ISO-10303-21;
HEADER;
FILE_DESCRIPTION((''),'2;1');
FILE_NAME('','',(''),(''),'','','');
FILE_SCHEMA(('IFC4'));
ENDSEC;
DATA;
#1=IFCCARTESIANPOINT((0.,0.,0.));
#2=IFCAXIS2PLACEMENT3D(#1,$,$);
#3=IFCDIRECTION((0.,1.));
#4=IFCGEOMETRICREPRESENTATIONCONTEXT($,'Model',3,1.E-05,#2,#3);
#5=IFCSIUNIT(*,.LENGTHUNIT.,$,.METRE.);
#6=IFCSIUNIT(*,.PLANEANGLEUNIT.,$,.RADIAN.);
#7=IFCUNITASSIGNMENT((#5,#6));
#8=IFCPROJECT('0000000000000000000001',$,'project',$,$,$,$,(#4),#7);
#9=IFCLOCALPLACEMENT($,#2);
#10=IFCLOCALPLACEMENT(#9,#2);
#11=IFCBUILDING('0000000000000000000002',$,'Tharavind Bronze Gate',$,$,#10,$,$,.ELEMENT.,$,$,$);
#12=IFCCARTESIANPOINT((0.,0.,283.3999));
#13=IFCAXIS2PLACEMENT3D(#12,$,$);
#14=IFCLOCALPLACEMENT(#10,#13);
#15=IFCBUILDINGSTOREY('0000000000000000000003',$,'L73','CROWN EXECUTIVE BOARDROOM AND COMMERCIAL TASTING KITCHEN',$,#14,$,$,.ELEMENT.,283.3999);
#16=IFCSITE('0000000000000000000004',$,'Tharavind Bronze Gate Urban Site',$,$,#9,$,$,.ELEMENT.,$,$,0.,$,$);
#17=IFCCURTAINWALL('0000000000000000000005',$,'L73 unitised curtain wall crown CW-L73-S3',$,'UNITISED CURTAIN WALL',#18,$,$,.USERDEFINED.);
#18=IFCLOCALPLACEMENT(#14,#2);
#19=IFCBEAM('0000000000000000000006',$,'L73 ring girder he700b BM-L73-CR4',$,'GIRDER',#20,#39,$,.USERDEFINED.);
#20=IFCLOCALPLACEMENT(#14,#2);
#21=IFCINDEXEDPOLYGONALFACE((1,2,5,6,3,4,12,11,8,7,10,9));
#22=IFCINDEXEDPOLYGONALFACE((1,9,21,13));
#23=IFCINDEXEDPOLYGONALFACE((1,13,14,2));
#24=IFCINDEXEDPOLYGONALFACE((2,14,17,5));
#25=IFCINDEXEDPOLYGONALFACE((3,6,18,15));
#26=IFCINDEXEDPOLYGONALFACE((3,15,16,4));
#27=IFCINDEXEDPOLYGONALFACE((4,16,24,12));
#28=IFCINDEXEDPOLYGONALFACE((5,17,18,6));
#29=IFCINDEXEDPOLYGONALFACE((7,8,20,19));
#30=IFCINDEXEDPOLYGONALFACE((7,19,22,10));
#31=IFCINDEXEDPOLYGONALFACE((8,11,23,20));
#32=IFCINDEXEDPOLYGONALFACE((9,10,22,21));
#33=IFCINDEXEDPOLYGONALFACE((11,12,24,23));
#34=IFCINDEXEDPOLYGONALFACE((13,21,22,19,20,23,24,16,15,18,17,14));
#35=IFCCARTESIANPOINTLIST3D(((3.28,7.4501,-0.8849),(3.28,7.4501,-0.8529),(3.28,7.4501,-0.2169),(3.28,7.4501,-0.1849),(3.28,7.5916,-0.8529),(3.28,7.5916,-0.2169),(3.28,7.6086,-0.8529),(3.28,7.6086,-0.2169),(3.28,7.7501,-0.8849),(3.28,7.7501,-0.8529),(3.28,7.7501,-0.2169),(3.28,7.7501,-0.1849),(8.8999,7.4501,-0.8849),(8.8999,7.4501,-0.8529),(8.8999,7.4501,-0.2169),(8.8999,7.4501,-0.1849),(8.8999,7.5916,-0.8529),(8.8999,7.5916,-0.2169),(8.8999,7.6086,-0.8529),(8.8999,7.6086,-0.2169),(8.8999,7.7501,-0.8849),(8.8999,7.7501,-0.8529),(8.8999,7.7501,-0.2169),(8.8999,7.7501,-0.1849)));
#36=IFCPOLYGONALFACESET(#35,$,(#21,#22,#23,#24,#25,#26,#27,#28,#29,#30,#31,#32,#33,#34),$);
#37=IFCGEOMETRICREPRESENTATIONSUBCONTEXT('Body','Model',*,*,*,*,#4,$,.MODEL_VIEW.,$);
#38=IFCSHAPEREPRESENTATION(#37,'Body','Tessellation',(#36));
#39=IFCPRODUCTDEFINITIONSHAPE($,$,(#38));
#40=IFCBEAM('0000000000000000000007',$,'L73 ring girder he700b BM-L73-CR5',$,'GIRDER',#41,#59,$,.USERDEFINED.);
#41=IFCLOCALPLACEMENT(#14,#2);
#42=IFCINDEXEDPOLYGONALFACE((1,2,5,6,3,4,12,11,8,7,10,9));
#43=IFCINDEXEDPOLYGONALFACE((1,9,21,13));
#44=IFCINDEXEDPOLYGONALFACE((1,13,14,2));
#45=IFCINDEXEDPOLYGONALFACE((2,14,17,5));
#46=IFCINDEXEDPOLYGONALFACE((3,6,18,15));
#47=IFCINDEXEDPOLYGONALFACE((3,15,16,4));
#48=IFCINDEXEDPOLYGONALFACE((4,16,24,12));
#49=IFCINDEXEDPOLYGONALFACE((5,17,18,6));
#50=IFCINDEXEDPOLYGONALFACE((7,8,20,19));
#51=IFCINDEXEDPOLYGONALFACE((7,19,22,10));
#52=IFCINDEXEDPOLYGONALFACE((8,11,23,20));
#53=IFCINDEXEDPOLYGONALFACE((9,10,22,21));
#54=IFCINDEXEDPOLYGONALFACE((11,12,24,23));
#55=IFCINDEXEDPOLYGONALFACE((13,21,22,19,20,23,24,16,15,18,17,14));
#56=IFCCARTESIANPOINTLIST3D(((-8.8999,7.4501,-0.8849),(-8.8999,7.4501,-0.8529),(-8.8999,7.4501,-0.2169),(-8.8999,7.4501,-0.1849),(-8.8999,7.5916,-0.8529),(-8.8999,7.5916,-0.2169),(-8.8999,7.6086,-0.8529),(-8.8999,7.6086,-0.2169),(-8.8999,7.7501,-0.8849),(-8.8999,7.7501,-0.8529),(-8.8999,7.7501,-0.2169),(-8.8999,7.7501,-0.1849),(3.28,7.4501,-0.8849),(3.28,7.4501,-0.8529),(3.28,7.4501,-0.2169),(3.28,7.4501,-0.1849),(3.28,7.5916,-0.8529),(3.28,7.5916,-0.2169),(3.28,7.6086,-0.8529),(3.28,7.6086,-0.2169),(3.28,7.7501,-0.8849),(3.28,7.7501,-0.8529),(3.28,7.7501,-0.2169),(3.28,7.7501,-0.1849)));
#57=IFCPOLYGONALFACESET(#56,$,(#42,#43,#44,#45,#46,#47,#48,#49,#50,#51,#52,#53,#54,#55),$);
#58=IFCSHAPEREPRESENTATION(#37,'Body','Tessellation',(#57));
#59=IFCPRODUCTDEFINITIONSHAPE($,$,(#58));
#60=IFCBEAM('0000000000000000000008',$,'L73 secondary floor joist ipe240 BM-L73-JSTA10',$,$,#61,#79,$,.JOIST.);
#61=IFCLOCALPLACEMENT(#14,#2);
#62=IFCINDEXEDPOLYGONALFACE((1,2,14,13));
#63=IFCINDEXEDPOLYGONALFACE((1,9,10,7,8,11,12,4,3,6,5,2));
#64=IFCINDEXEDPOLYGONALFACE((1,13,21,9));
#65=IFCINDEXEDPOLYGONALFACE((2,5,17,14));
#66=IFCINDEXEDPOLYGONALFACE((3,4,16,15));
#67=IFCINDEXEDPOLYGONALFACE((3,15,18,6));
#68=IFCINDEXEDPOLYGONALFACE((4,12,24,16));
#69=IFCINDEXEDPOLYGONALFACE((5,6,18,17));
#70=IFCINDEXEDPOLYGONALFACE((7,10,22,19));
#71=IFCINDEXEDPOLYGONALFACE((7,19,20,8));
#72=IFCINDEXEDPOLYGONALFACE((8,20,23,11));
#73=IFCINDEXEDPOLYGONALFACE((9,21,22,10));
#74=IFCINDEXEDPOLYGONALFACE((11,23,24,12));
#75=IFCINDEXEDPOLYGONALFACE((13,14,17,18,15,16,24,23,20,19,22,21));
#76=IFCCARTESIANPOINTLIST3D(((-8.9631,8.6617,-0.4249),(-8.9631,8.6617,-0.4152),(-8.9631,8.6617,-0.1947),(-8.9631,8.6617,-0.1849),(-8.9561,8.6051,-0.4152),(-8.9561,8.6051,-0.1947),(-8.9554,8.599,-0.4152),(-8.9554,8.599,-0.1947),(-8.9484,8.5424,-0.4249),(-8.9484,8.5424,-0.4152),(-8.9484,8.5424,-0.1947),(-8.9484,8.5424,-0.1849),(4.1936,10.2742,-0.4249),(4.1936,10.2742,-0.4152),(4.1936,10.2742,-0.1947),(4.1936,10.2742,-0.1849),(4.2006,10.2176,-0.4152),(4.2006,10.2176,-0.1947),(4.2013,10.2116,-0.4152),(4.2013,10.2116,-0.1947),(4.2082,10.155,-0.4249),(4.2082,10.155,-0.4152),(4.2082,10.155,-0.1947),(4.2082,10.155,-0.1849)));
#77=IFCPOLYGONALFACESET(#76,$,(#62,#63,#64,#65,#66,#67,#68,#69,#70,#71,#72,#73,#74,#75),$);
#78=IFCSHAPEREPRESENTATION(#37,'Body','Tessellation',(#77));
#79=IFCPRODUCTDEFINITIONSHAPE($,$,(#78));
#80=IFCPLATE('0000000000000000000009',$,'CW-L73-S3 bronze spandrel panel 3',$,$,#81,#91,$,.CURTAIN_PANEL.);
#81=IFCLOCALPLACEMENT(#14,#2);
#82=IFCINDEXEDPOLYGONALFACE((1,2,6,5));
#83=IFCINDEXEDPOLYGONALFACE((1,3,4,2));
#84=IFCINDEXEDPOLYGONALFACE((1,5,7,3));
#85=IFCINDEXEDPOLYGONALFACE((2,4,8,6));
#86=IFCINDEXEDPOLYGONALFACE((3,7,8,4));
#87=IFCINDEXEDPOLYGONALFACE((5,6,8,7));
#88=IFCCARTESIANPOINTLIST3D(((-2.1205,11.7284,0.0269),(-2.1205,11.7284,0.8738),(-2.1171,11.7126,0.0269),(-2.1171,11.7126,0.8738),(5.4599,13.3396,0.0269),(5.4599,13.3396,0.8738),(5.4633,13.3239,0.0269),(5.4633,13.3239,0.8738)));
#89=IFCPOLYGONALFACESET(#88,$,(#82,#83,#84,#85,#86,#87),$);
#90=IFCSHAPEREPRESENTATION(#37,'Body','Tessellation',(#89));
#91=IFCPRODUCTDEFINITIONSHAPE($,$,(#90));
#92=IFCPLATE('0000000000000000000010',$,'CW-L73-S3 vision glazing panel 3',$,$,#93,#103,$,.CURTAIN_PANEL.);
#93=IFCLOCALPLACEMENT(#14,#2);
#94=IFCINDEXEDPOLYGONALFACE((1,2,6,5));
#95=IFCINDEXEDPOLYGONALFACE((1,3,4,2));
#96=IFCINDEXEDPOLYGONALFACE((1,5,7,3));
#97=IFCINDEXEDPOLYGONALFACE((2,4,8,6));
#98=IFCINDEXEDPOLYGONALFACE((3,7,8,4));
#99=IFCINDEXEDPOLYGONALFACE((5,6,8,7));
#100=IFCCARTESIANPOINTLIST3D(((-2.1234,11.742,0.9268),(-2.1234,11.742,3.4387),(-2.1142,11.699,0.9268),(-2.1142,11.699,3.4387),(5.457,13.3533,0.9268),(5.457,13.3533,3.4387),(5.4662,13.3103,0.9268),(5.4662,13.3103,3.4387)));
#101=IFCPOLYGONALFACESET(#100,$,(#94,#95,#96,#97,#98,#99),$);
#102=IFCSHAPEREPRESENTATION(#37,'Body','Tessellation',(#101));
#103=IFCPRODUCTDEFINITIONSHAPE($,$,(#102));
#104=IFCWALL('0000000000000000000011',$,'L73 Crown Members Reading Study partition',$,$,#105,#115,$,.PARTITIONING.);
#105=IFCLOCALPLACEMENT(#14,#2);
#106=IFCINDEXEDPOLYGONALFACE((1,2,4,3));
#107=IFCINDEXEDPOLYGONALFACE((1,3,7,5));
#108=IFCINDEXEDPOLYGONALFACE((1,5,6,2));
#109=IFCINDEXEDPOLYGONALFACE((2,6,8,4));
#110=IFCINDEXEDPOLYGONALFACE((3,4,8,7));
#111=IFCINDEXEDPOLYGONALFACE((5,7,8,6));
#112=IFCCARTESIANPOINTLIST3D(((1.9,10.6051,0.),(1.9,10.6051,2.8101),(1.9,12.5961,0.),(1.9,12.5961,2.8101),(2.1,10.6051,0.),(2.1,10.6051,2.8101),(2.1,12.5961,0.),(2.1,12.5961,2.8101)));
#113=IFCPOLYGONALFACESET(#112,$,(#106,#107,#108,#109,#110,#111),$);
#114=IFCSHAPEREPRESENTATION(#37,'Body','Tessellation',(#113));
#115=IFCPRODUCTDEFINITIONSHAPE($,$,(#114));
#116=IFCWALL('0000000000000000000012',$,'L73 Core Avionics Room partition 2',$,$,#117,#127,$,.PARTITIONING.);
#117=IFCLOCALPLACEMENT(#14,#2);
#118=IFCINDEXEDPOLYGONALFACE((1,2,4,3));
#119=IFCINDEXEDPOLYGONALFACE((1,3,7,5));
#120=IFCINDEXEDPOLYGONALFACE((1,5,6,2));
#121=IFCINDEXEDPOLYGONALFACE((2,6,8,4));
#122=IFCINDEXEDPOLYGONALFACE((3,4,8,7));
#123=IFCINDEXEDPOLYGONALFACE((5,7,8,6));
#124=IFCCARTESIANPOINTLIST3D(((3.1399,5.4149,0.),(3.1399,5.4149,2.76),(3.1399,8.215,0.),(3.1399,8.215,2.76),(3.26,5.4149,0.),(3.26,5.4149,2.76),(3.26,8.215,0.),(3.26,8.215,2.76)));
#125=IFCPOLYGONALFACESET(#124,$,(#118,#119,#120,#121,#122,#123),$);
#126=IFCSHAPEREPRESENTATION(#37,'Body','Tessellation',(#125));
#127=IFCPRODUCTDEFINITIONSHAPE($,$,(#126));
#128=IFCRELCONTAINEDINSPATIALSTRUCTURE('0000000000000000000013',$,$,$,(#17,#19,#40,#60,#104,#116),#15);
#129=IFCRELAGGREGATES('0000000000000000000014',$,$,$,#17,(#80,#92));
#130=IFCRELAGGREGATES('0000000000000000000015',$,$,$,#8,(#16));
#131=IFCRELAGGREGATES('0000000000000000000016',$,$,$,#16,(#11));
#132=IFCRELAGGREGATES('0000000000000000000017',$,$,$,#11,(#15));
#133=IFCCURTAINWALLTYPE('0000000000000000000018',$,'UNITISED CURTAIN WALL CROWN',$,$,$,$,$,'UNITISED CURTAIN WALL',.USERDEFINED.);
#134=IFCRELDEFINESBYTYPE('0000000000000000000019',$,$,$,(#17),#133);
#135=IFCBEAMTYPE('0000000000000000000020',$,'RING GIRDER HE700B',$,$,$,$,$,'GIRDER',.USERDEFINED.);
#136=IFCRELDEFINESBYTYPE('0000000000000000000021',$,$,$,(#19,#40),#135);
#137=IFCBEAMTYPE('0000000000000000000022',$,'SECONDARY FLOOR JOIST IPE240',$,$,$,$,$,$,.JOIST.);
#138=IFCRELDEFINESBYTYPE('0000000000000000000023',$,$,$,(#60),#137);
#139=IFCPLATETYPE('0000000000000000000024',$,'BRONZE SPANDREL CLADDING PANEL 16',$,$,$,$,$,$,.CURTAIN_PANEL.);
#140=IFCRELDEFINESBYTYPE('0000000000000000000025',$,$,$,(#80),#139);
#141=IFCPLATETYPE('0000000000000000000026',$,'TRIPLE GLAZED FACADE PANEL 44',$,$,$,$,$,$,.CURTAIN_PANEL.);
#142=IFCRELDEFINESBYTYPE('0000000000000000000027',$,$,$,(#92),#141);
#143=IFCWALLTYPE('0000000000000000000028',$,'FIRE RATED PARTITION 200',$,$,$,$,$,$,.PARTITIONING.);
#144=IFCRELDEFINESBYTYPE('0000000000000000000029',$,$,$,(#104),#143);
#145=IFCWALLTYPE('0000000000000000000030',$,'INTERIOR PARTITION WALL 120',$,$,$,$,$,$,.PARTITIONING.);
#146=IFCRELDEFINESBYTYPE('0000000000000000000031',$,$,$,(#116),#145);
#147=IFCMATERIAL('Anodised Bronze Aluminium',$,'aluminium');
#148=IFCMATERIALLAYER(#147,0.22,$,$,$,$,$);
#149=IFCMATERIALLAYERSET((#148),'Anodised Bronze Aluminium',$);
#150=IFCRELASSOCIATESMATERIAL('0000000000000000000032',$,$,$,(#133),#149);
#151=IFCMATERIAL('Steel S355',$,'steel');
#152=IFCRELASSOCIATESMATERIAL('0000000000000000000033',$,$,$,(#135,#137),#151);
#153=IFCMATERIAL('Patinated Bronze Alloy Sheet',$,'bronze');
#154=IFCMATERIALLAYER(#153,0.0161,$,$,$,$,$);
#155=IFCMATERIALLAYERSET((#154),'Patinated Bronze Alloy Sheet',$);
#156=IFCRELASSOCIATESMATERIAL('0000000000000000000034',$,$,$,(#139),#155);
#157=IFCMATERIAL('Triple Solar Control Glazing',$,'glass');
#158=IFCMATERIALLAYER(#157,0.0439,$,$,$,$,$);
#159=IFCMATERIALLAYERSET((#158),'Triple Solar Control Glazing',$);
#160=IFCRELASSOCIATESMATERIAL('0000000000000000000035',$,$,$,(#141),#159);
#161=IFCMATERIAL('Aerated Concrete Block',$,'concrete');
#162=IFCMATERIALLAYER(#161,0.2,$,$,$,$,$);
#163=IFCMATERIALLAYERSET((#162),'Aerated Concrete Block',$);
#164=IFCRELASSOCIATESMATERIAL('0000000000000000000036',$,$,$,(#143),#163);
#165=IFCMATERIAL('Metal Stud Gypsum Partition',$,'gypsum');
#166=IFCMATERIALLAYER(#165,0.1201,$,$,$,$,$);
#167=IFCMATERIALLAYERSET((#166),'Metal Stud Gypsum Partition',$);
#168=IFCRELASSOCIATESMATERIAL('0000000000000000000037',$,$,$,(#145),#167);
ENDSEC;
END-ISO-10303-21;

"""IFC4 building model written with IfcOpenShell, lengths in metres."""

from ifc_helpers import new_model, si_unit, direction, frame, frame_2d, origin, origin_2d, place, context, subcontext, project, spatial, rectangle, i_section, extrude, material, layer, layer_set, material_profile, profile_set, type_object, element, aggregate, save


model = new_model("IFC4")

# Units and contexts
model_context = context("Model", 3, precision=1e-05, world=origin(), true_north=direction((0.0, 1.0)))
body_context = subcontext(model_context, "Body", "Model", "MODEL_VIEW")
ifc_project = project(units=[si_unit("LENGTHUNIT", "METRE"), si_unit("PLANEANGLEUNIT", "RADIAN")], contexts=[model_context])

# Site, building, storey
site_placement = place(None, origin())
site = spatial("IfcSite", under=ifc_project, at=site_placement, Name="Tharavind Bronze Gate Urban Site", CompositionType="ELEMENT", RefElevation=0.0)
building_placement = place(site_placement, origin())
building = spatial("IfcBuilding", under=site, at=building_placement, Name="Tharavind Bronze Gate", CompositionType="ELEMENT")
storey_placement = place(building_placement, frame((0.0, 0.0, 283.3999)))
storey = spatial("IfcBuildingStorey", under=building, at=storey_placement, Name="L73", Description="CROWN EXECUTIVE BOARDROOM AND COMMERCIAL TASTING KITCHEN", CompositionType="ELEMENT", Elevation=283.3999)

# Curtain wall
ifc_material_1 = material(Name="Anodised Bronze Aluminium", Category="aluminium")
ifc_layer_1 = layer(ifc_material_1, 0.22)
ifc_layer_set_1 = layer_set([ifc_layer_1], Name="Anodised Bronze Aluminium")
curtain_wall_type = type_object("IfcCurtainWallType", Name="UNITISED CURTAIN WALL CROWN", ElementType="UNITISED CURTAIN WALL", PredefinedType="USERDEFINED", material=ifc_layer_set_1)
curtain_wall_placement = place(storey_placement, origin())
curtain_wall = element("IfcCurtainWall", 1, at=curtain_wall_placement, inside=storey, type_object=curtain_wall_type, Name="L73 unitised curtain wall crown CW-L73-S3", ObjectType="UNITISED CURTAIN WALL", PredefinedType="USERDEFINED")

# Beams
ifc_material_2 = material(Name="Steel S355", Category="steel")
ifc_material_profile_1 = material_profile(ifc_material_2, i_section(OverallWidth=0.3, OverallDepth=0.7, WebThickness=0.0171, FlangeThickness=0.032, at=origin_2d()), Name="HE700B")
ifc_profile_set_1 = profile_set([ifc_material_profile_1], Name="Steel S355")
beam_type_1 = type_object("IfcBeamType", Name="RING GIRDER HE700B", ElementType="GIRDER", PredefinedType="USERDEFINED", material=ifc_profile_set_1)
beam_1_placement = place(storey_placement, frame((8.8999, 7.6001, -0.5349), z_axis=(-1.0, 0.0, 0.0), x_axis=(0.0, -1.0, 0.0)))
element("IfcBeam", 2, at=beam_1_placement, inside=storey, type_object=beam_type_1, Name="L73 ring girder he700b BM-L73-CR4", ObjectType="GIRDER", PredefinedType="USERDEFINED", context=body_context, shape_type="SweptSolid", body=[
    extrude(i_section(OverallWidth=0.3, OverallDepth=0.7, WebThickness=0.0171, FlangeThickness=0.032, at=origin_2d()), origin(), (0.0, 0.0, 1.0), 5.6199),
])
beam_2_placement = place(storey_placement, frame((3.28, 7.6001, -0.5349), z_axis=(-1.0, 0.0, 0.0), x_axis=(0.0, -1.0, 0.0)))
element("IfcBeam", 3, at=beam_2_placement, inside=storey, type_object=beam_type_1, Name="L73 ring girder he700b BM-L73-CR5", ObjectType="GIRDER", PredefinedType="USERDEFINED", context=body_context, shape_type="SweptSolid", body=[
    extrude(i_section(OverallWidth=0.3, OverallDepth=0.7, WebThickness=0.0171, FlangeThickness=0.032, at=origin_2d()), origin(), (0.0, 0.0, 1.0), 12.1799),
])
ifc_material_profile_2 = material_profile(ifc_material_2, i_section(OverallWidth=0.1201, OverallDepth=0.24, WebThickness=0.0061, FlangeThickness=0.0098, at=origin_2d()), Name="IPE240")
ifc_profile_set_2 = profile_set([ifc_material_profile_2], Name="Steel S355")
beam_type_2 = type_object("IfcBeamType", Name="SECONDARY FLOOR JOIST IPE240", PredefinedType="JOIST", material=ifc_profile_set_2)
beam_3_placement = place(storey_placement, frame((4.2009, 10.2146, -0.3049), z_axis=(-0.992573, -0.121654, 0.0), x_axis=(0.121654, -0.992573, 0.0)))
element("IfcBeam", 4, at=beam_3_placement, inside=storey, type_object=beam_type_2, Name="L73 secondary floor joist ipe240 BM-L73-JSTA10", PredefinedType="JOIST", context=body_context, shape_type="SweptSolid", body=[
    extrude(i_section(OverallWidth=0.1201, OverallDepth=0.24, WebThickness=0.0061, FlangeThickness=0.0098, at=origin_2d()), origin(), (0.0, 0.0, 1.0), 13.2551),
])

# Plates
ifc_material_3 = material(Name="Patinated Bronze Alloy Sheet", Category="bronze")
ifc_layer_2 = layer(ifc_material_3, 0.0161)
ifc_layer_set_2 = layer_set([ifc_layer_2], Name="Patinated Bronze Alloy Sheet")
plate_type_1 = type_object("IfcPlateType", Name="BRONZE SPANDREL CLADDING PANEL 16", PredefinedType="CURTAIN_PANEL", material=ifc_layer_set_2)
plate_1_placement = place(storey_placement, frame((1.6714, 12.5261, 0.0269), z_axis=(0.0, 0.0, 1.0), x_axis=(-0.978147, -0.207913, 0.0)))
plate_1 = element("IfcPlate", 5, at=plate_1_placement, type_object=plate_type_1, Name="CW-L73-S3 bronze spandrel panel 3", PredefinedType="CURTAIN_PANEL", context=body_context, shape_type="SweptSolid", body=[
    extrude(rectangle(XDim=7.7498, YDim=0.0161, at=origin_2d()), origin(), (0.0, 0.0, 1.0), 0.8469),
])
ifc_material_4 = material(Name="Triple Solar Control Glazing", Category="glass")
ifc_layer_3 = layer(ifc_material_4, 0.0439)
ifc_layer_set_3 = layer_set([ifc_layer_3], Name="Triple Solar Control Glazing")
plate_type_2 = type_object("IfcPlateType", Name="TRIPLE GLAZED FACADE PANEL 44", PredefinedType="CURTAIN_PANEL", material=ifc_layer_set_3)
plate_2_placement = place(storey_placement, frame((1.6714, 12.5261, 0.9268), z_axis=(0.0, 0.0, 1.0), x_axis=(-0.978147, -0.207913, 0.0)))
plate_2 = element("IfcPlate", 6, at=plate_2_placement, type_object=plate_type_2, Name="CW-L73-S3 vision glazing panel 3", PredefinedType="CURTAIN_PANEL", context=body_context, shape_type="SweptSolid", body=[
    extrude(rectangle(XDim=7.7498, YDim=0.0439, at=origin_2d()), origin(), (0.0, 0.0, 1.0), 2.512),
])
aggregate(curtain_wall, [plate_1, plate_2])

# Walls
ifc_material_5 = material(Name="Aerated Concrete Block", Category="concrete")
ifc_layer_4 = layer(ifc_material_5, 0.2)
ifc_layer_set_4 = layer_set([ifc_layer_4], Name="Aerated Concrete Block")
wall_type_1 = type_object("IfcWallType", Name="FIRE RATED PARTITION 200", PredefinedType="PARTITIONING", material=ifc_layer_set_4)
wall_1_placement = place(storey_placement, frame((2.0, 10.605, 0.0), z_axis=(0.0, 0.0, 1.0), x_axis=(0.0, 1.0, 0.0)))
element("IfcWall", 7, at=wall_1_placement, inside=storey, type_object=wall_type_1, Name="L73 Crown Members Reading Study partition", PredefinedType="PARTITIONING", context=body_context, shape_type="SweptSolid", body=[
    extrude(rectangle(XDim=1.991, YDim=0.2, at=frame_2d((0.9956, 0.0))), origin(), (0.0, 0.0, 1.0), 2.8101),
])
ifc_material_6 = material(Name="Metal Stud Gypsum Partition", Category="gypsum")
ifc_layer_5 = layer(ifc_material_6, 0.1201)
ifc_layer_set_5 = layer_set([ifc_layer_5], Name="Metal Stud Gypsum Partition")
wall_type_2 = type_object("IfcWallType", Name="INTERIOR PARTITION WALL 120", PredefinedType="PARTITIONING", material=ifc_layer_set_5)
wall_2_placement = place(storey_placement, frame((3.2, 5.415, 0.0), z_axis=(0.0, 0.0, 1.0), x_axis=(0.0, 1.0, 0.0)))
element("IfcWall", 8, at=wall_2_placement, inside=storey, type_object=wall_type_2, Name="L73 Core Avionics Room partition 2", PredefinedType="PARTITIONING", context=body_context, shape_type="SweptSolid", body=[
    extrude(rectangle(XDim=2.8, YDim=0.1201, at=frame_2d((1.3999, 0.0))), origin(), (0.0, 0.0, 1.0), 2.76),
])

save(model, "model.ifc")
